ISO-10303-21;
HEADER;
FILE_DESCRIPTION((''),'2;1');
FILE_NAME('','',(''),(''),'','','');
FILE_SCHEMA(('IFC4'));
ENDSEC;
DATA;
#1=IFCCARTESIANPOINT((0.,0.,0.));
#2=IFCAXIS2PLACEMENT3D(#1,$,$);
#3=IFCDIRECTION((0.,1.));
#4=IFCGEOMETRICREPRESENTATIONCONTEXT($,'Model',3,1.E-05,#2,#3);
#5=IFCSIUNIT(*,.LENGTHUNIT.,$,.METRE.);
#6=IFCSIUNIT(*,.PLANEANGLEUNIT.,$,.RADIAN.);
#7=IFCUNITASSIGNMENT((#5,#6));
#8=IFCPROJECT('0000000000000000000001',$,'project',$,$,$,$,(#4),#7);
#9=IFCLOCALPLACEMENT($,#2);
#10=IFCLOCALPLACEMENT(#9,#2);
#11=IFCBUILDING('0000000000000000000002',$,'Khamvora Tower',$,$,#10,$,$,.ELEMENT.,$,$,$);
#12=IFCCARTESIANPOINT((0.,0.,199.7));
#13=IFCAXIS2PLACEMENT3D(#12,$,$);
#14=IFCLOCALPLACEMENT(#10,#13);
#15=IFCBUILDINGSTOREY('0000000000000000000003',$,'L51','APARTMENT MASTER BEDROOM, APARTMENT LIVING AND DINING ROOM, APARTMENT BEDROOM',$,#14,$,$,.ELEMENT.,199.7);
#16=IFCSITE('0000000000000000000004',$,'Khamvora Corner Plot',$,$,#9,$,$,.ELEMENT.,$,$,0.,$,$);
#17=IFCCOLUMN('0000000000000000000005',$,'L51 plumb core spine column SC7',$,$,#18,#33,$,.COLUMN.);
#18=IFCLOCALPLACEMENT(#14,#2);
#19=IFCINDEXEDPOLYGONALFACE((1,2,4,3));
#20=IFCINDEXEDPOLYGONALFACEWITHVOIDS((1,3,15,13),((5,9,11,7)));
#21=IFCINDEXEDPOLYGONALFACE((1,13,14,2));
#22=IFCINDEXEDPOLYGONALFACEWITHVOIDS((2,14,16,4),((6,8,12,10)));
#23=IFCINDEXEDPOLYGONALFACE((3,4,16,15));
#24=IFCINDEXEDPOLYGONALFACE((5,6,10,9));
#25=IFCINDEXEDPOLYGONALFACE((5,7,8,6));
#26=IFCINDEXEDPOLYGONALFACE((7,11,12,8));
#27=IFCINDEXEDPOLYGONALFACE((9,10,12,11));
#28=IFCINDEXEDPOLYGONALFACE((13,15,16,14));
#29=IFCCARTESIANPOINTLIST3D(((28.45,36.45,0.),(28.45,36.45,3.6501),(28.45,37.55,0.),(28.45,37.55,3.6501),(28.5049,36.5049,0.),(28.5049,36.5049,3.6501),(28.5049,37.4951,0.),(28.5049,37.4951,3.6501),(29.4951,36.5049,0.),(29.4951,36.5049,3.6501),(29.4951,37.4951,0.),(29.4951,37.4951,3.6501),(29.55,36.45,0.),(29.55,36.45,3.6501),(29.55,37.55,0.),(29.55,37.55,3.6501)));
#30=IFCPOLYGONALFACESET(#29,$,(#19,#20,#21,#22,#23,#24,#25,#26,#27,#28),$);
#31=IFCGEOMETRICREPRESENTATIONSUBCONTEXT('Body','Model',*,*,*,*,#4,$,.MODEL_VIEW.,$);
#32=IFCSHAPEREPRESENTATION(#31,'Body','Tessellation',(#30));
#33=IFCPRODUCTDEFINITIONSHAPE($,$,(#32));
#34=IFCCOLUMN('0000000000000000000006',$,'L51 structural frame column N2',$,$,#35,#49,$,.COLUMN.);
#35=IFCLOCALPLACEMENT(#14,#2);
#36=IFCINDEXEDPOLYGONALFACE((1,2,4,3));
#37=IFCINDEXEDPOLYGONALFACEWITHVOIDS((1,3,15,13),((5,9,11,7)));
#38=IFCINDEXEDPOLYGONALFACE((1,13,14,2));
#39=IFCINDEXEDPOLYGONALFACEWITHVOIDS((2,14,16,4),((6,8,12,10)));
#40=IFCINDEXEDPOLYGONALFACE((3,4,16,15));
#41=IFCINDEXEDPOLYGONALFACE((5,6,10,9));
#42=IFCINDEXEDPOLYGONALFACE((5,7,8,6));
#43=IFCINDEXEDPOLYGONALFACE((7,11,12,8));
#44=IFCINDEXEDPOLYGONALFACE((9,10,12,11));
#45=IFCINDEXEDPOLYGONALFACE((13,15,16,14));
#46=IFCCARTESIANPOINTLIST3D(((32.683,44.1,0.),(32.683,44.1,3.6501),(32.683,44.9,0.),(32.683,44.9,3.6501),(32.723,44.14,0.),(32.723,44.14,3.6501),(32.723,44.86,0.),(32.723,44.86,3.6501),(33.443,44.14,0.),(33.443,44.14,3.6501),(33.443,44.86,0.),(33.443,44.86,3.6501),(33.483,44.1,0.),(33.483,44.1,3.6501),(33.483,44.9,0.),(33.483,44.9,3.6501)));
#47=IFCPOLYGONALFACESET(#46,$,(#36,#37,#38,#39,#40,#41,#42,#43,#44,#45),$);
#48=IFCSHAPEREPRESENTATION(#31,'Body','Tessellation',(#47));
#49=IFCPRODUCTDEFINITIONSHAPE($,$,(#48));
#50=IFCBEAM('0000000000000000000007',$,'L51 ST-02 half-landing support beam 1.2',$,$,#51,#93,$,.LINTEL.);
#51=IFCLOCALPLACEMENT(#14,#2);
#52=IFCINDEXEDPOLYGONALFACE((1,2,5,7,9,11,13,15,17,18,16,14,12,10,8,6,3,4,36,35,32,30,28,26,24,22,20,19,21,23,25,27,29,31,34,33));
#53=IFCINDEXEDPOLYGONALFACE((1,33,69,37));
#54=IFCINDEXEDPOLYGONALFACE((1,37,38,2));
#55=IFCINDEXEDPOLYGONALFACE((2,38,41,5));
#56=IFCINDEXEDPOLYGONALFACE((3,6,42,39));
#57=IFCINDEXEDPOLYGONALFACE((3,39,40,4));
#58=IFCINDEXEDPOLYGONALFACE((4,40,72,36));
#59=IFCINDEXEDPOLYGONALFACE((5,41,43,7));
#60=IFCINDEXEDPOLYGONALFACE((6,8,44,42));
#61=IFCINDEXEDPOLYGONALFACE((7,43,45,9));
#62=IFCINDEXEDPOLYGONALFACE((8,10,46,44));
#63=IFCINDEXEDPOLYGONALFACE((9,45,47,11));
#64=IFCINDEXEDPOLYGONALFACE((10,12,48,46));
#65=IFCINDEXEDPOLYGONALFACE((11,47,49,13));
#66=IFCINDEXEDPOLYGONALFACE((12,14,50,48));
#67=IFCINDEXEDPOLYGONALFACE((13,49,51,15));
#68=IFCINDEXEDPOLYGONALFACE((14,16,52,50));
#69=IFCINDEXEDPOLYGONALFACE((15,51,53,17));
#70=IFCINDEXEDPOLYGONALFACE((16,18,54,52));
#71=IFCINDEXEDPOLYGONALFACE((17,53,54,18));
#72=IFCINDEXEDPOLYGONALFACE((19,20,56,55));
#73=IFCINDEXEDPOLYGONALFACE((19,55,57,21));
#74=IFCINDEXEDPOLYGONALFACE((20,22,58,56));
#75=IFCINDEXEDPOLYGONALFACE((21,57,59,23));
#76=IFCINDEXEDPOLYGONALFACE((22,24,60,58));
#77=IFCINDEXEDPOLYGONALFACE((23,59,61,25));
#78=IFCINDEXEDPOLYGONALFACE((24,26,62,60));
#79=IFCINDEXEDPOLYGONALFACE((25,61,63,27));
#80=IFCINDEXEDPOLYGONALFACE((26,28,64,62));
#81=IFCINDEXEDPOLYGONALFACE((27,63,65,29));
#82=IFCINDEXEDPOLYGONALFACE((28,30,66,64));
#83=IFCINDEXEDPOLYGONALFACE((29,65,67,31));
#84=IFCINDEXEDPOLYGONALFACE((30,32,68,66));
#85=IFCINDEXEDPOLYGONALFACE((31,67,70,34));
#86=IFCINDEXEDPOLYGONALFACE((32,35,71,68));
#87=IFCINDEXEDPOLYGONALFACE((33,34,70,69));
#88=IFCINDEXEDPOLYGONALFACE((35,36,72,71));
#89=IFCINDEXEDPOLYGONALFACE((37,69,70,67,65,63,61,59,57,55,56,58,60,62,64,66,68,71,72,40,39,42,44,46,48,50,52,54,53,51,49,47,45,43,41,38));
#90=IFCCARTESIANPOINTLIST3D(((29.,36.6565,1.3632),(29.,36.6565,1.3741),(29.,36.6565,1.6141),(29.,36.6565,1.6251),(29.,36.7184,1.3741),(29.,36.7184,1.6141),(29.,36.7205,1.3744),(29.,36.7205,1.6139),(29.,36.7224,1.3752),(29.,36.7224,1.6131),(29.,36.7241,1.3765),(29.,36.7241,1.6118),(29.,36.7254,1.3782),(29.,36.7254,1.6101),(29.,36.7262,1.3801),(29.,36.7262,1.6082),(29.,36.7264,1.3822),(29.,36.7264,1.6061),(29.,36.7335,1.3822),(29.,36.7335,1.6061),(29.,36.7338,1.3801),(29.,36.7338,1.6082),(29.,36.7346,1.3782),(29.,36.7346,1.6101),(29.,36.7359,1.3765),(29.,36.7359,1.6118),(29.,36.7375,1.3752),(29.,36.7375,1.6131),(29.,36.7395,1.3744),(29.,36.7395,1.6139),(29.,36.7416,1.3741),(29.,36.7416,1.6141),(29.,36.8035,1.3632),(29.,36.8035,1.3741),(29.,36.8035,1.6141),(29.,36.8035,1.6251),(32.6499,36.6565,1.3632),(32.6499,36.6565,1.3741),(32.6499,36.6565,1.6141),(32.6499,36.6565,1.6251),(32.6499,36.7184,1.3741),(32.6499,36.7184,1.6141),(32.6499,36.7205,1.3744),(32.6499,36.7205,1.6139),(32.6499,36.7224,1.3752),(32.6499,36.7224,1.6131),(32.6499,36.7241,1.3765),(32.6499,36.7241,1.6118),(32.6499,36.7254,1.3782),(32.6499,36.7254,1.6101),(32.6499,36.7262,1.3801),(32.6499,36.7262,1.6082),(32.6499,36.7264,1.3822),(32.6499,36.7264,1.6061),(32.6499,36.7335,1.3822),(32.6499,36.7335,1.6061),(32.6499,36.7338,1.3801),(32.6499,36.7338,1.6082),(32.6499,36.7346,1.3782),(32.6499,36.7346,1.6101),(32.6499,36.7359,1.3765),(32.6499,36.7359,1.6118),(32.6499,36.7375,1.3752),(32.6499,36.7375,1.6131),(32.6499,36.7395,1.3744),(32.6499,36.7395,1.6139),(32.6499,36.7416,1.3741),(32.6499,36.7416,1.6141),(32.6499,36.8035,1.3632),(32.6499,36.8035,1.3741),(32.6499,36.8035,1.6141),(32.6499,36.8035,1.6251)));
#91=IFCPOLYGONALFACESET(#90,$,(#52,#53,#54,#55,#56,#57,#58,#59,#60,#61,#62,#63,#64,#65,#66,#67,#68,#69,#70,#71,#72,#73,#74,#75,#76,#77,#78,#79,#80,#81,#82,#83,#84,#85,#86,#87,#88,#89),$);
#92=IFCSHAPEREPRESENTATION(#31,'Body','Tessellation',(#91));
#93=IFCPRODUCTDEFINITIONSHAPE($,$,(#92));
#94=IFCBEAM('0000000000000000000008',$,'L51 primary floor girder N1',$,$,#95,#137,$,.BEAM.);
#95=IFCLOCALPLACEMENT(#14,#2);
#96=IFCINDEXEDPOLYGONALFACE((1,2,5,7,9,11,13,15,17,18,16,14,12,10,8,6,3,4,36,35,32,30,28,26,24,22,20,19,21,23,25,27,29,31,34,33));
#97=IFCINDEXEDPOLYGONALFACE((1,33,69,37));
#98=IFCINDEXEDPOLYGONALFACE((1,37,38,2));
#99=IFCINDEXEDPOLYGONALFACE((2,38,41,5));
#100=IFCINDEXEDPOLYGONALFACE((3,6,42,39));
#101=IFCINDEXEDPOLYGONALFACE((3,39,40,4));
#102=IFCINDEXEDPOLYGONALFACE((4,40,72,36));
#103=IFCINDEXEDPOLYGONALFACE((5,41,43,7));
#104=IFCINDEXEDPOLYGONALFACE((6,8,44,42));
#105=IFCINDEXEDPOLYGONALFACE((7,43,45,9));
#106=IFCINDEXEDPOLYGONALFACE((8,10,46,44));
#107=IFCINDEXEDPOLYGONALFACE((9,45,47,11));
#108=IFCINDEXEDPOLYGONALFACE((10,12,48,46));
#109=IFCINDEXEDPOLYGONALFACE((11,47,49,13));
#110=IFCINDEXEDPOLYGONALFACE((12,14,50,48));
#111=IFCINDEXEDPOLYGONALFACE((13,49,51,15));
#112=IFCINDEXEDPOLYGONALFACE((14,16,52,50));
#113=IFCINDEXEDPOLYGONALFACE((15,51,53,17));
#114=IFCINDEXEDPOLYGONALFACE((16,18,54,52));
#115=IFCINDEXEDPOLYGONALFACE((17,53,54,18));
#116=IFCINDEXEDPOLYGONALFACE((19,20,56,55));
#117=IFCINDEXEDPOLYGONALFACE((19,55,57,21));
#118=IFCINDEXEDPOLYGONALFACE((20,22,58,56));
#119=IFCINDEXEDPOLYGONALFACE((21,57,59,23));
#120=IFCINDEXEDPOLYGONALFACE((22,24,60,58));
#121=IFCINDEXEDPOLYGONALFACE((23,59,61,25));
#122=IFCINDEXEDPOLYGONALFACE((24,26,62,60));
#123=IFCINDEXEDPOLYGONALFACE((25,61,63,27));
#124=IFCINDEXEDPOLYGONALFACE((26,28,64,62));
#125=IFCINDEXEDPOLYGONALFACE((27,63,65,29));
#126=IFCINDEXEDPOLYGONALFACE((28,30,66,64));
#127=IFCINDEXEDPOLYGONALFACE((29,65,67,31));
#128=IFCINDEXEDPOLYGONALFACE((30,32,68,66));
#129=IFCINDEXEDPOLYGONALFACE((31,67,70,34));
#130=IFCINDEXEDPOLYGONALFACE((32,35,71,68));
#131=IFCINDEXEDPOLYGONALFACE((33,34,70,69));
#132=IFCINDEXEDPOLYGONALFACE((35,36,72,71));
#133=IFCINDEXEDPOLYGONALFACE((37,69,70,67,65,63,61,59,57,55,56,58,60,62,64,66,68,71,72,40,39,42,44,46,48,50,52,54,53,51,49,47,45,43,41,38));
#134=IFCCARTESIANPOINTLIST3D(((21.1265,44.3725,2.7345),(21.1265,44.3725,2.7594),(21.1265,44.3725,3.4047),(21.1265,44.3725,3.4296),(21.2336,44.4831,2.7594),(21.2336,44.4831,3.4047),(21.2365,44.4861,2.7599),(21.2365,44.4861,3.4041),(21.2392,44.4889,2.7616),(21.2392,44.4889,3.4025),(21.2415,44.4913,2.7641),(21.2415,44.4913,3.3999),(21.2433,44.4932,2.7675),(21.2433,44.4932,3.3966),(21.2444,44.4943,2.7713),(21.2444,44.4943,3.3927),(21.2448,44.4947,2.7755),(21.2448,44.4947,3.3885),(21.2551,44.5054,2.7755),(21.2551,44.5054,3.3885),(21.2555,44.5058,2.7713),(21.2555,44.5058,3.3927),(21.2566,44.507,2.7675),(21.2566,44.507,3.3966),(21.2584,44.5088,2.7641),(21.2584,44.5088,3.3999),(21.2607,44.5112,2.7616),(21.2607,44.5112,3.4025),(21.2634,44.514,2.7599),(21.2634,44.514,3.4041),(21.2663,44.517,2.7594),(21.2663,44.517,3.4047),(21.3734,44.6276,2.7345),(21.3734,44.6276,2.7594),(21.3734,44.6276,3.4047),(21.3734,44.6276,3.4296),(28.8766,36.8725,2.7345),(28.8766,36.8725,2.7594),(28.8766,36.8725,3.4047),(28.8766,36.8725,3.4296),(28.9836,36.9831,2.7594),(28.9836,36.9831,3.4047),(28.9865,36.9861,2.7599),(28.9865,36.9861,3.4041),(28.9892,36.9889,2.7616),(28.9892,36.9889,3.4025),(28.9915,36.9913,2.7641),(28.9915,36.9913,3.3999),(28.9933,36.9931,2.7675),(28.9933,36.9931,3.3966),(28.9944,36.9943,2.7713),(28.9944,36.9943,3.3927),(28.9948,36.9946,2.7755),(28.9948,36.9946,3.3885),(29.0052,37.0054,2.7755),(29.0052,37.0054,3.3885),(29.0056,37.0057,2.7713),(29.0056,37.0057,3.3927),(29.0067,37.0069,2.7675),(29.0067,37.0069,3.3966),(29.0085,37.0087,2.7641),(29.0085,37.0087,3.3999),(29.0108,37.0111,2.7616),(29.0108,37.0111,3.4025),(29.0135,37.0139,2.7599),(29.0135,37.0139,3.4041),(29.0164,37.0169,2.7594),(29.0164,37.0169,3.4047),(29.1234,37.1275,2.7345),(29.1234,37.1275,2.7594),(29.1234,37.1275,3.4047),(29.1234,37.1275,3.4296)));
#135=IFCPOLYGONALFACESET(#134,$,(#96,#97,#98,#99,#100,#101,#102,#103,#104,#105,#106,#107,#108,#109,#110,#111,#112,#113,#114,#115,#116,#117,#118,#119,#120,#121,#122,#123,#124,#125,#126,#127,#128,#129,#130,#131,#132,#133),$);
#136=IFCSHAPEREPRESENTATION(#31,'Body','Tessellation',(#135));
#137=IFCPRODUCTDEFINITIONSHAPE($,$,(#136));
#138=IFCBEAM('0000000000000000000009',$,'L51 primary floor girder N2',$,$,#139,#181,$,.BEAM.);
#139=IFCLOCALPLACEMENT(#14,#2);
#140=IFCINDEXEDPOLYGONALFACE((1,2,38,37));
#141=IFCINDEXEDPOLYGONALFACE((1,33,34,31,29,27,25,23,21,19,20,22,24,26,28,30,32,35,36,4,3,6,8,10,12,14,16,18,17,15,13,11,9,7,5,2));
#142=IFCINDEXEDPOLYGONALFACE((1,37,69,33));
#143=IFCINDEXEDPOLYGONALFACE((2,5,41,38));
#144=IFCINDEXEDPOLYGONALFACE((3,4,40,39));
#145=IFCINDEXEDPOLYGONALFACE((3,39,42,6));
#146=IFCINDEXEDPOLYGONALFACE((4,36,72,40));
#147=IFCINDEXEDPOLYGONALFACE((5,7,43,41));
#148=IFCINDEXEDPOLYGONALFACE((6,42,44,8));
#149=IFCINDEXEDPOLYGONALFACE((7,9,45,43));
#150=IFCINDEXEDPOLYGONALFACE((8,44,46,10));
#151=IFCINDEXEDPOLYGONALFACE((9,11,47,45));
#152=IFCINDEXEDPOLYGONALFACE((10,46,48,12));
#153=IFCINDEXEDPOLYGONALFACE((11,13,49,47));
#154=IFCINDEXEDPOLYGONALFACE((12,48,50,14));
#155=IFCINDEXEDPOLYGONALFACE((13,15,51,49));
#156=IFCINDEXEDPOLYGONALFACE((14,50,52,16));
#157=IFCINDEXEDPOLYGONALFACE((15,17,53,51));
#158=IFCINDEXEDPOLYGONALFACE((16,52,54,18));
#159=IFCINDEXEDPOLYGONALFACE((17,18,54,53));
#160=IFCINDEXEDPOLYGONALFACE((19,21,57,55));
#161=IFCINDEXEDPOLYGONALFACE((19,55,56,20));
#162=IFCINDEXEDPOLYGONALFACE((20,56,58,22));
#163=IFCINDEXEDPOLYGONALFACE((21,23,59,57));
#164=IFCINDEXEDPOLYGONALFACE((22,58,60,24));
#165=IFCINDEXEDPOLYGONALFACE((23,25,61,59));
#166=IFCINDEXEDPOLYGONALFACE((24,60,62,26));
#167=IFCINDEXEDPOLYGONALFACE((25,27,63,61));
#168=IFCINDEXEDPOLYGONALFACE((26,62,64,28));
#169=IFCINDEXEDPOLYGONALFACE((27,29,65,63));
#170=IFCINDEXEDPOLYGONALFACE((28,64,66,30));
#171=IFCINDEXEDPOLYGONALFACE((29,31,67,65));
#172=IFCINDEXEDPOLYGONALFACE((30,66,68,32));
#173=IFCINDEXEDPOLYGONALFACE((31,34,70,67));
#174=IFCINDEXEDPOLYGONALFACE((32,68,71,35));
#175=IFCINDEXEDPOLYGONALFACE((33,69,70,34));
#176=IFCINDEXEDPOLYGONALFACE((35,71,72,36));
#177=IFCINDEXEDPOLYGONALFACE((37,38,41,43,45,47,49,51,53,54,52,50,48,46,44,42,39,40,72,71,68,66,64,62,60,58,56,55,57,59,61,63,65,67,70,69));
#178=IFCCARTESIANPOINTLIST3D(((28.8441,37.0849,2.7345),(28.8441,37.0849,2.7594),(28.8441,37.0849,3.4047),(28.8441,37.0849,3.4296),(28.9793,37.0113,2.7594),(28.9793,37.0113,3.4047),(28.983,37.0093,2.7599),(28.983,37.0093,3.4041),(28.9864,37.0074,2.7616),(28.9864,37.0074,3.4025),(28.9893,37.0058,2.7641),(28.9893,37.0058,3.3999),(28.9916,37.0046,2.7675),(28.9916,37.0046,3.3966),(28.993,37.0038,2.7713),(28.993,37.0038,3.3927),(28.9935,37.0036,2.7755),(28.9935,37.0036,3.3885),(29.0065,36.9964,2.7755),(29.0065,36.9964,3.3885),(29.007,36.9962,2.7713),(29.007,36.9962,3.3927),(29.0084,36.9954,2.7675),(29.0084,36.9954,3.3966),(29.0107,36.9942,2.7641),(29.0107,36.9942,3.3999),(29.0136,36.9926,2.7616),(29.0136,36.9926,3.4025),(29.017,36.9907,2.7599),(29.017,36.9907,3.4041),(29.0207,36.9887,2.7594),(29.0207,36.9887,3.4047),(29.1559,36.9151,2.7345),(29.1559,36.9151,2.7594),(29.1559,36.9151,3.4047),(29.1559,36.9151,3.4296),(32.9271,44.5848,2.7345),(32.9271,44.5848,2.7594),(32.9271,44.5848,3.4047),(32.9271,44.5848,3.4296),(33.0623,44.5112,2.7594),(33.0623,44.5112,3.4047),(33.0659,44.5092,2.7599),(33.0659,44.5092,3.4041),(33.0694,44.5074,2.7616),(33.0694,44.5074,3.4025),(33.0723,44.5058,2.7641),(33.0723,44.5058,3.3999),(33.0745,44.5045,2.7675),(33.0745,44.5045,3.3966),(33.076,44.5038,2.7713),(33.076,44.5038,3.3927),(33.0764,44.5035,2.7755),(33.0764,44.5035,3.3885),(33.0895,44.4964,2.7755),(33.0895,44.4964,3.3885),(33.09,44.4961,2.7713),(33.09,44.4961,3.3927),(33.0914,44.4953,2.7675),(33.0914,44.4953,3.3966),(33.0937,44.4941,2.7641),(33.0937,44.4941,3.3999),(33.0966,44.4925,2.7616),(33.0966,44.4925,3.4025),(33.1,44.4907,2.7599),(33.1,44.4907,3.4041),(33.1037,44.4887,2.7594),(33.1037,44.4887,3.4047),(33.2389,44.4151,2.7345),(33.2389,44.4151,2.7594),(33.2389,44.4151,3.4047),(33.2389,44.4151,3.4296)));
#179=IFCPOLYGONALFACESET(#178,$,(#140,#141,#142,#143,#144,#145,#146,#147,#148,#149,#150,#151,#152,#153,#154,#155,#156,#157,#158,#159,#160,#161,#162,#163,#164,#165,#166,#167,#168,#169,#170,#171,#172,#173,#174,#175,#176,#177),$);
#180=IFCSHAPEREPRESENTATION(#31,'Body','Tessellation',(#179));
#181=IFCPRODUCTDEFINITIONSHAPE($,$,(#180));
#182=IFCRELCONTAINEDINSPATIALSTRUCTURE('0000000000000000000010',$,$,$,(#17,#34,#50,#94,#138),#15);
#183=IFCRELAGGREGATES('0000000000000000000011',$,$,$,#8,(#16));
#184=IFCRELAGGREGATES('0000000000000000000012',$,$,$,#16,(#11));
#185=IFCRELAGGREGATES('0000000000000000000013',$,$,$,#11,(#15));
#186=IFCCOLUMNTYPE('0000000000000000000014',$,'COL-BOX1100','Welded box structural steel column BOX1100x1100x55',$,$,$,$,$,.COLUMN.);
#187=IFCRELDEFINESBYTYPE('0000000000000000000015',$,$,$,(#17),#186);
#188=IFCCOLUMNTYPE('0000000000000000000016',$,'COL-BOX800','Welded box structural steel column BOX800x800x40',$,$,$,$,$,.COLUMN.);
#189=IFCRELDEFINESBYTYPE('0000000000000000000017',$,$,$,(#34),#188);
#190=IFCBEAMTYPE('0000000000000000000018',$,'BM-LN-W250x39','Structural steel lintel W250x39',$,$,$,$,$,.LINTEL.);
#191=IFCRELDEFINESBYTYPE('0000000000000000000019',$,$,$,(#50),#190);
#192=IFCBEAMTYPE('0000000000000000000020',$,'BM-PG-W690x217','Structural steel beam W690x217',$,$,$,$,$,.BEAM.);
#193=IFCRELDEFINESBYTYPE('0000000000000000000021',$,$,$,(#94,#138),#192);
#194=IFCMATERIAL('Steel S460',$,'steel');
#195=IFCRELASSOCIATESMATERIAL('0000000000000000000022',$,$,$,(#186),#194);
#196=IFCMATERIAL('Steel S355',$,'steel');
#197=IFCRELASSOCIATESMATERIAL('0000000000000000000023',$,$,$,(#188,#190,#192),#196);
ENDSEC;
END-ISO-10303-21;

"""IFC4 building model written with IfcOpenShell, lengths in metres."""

from ifc_helpers import new_model, si_unit, direction, frame, origin, origin_2d, place, context, subcontext, project, spatial, hollow_rectangle, i_section, extrude, material, material_profile, profile_set, type_object, element, save


model = new_model("IFC4")

# Units and contexts
model_context = context("Model", 3, precision=1e-05, world=origin(), true_north=direction((0.0, 1.0)))
body_context = subcontext(model_context, "Body", "Model", "MODEL_VIEW")
ifc_project = project(units=[si_unit("LENGTHUNIT", "METRE"), si_unit("PLANEANGLEUNIT", "RADIAN")], contexts=[model_context])

# Site, building, storey
site_placement = place(None, origin())
site = spatial("IfcSite", under=ifc_project, at=site_placement, Name="Khamvora Corner Plot", CompositionType="ELEMENT", RefElevation=0.0)
building_placement = place(site_placement, origin())
building = spatial("IfcBuilding", under=site, at=building_placement, Name="Khamvora Tower", CompositionType="ELEMENT")
storey_placement = place(building_placement, frame((0.0, 0.0, 199.7)))
storey = spatial("IfcBuildingStorey", under=building, at=storey_placement, Name="L51", Description="APARTMENT MASTER BEDROOM, APARTMENT LIVING AND DINING ROOM, APARTMENT BEDROOM", CompositionType="ELEMENT", Elevation=199.7)

# Columns
ifc_material_1 = material(Name="Steel S460", Category="steel")
ifc_material_profile_1 = material_profile(ifc_material_1, hollow_rectangle(XDim=1.1001, YDim=1.1001, WallThickness=0.0549, at=origin_2d()), Name="BOX1100x1100x55")
ifc_profile_set_1 = profile_set([ifc_material_profile_1], Name="Steel S460")
column_type_1 = type_object("IfcColumnType", Name="COL-BOX1100", Description="Welded box structural steel column BOX1100x1100x55", PredefinedType="COLUMN", material=ifc_profile_set_1)
column_1_placement = place(storey_placement, frame((29.0, 37.0, 0.0), z_axis=(0.0, 0.0, 1.0), x_axis=(1.0, 0.0, 0.0)))
element("IfcColumn", 1, at=column_1_placement, inside=storey, type_object=column_type_1, Name="L51 plumb core spine column SC7", PredefinedType="COLUMN", context=body_context, shape_type="SweptSolid", body=[
    extrude(hollow_rectangle(XDim=1.1001, YDim=1.1001, WallThickness=0.0549, at=origin_2d()), origin(), (0.0, 0.0, 1.0), 3.6501),
])
ifc_material_2 = material(Name="Steel S355", Category="steel")
ifc_material_profile_2 = material_profile(ifc_material_2, hollow_rectangle(XDim=0.8, YDim=0.8, WallThickness=0.04, at=origin_2d()), Name="BOX800x800x40")
ifc_profile_set_2 = profile_set([ifc_material_profile_2], Name="Steel S355")
column_type_2 = type_object("IfcColumnType", Name="COL-BOX800", Description="Welded box structural steel column BOX800x800x40", PredefinedType="COLUMN", material=ifc_profile_set_2)
column_2_placement = place(storey_placement, frame((33.083, 44.5, 0.0), z_axis=(0.0, 0.0, 1.0), x_axis=(1.0, 0.0, 0.0)))
element("IfcColumn", 2, at=column_2_placement, inside=storey, type_object=column_type_2, Name="L51 structural frame column N2", PredefinedType="COLUMN", context=body_context, shape_type="SweptSolid", body=[
    extrude(hollow_rectangle(XDim=0.8, YDim=0.8, WallThickness=0.04, at=origin_2d()), origin(), (0.0, 0.0, 1.0), 3.6501),
])

# Beams
ifc_material_profile_3 = material_profile(ifc_material_2, i_section(OverallWidth=0.147, OverallDepth=0.262, WebThickness=0.0071, FlangeThickness=0.011, FilletRadius=0.0081, at=origin_2d()), Name="W250x39")
ifc_profile_set_3 = profile_set([ifc_material_profile_3], Name="Steel S355")
beam_type_1 = type_object("IfcBeamType", Name="BM-LN-W250x39", Description="Structural steel lintel W250x39", PredefinedType="LINTEL", material=ifc_profile_set_3)
beam_1_placement = place(storey_placement, frame((29.0, 36.73, 1.4941), z_axis=(1.0, 0.0, 0.0), x_axis=(0.0, 1.0, 0.0)))
element("IfcBeam", 3, at=beam_1_placement, inside=storey, type_object=beam_type_1, Name="L51 ST-02 half-landing support beam 1.2", PredefinedType="LINTEL", context=body_context, shape_type="SweptSolid", body=[
    extrude(i_section(OverallWidth=0.147, OverallDepth=0.262, WebThickness=0.0071, FlangeThickness=0.011, FilletRadius=0.0081, at=origin_2d()), origin(), (0.0, 0.0, 1.0), 3.6499),
])
ifc_material_profile_4 = material_profile(ifc_material_2, i_section(OverallWidth=0.355, OverallDepth=0.6951, WebThickness=0.0149, FlangeThickness=0.0249, FilletRadius=0.0161, at=origin_2d()), Name="W690x217")
ifc_profile_set_4 = profile_set([ifc_material_profile_4], Name="Steel S355")
beam_type_2 = type_object("IfcBeamType", Name="BM-PG-W690x217", Description="Structural steel beam W690x217", PredefinedType="BEAM", material=ifc_profile_set_4)
beam_2_placement = place(storey_placement, frame((29.0, 37.0, 3.082), z_axis=(-0.718602, 0.695421, 0.0), x_axis=(-0.695421, -0.718602, 0.0)))
element("IfcBeam", 4, at=beam_2_placement, inside=storey, type_object=beam_type_2, Name="L51 primary floor girder N1", PredefinedType="BEAM", context=body_context, shape_type="SweptSolid", body=[
    extrude(i_section(OverallWidth=0.355, OverallDepth=0.6951, WebThickness=0.0149, FlangeThickness=0.0249, FilletRadius=0.0161, at=origin_2d()), origin(), (0.0, 0.0, 1.0), 10.7849),
])
beam_3_placement = place(storey_placement, frame((29.0, 37.0, 3.082), z_axis=(0.478139, 0.878284, 0.0), x_axis=(-0.878284, 0.478139, 0.0)))
element("IfcBeam", 5, at=beam_3_placement, inside=storey, type_object=beam_type_2, Name="L51 primary floor girder N2", PredefinedType="BEAM", context=body_context, shape_type="SweptSolid", body=[
    extrude(i_section(OverallWidth=0.355, OverallDepth=0.6951, WebThickness=0.0149, FlangeThickness=0.0249, FilletRadius=0.0161, at=origin_2d()), origin(), (0.0, 0.0, 1.0), 8.5393),
])

save(model, "model.ifc")
